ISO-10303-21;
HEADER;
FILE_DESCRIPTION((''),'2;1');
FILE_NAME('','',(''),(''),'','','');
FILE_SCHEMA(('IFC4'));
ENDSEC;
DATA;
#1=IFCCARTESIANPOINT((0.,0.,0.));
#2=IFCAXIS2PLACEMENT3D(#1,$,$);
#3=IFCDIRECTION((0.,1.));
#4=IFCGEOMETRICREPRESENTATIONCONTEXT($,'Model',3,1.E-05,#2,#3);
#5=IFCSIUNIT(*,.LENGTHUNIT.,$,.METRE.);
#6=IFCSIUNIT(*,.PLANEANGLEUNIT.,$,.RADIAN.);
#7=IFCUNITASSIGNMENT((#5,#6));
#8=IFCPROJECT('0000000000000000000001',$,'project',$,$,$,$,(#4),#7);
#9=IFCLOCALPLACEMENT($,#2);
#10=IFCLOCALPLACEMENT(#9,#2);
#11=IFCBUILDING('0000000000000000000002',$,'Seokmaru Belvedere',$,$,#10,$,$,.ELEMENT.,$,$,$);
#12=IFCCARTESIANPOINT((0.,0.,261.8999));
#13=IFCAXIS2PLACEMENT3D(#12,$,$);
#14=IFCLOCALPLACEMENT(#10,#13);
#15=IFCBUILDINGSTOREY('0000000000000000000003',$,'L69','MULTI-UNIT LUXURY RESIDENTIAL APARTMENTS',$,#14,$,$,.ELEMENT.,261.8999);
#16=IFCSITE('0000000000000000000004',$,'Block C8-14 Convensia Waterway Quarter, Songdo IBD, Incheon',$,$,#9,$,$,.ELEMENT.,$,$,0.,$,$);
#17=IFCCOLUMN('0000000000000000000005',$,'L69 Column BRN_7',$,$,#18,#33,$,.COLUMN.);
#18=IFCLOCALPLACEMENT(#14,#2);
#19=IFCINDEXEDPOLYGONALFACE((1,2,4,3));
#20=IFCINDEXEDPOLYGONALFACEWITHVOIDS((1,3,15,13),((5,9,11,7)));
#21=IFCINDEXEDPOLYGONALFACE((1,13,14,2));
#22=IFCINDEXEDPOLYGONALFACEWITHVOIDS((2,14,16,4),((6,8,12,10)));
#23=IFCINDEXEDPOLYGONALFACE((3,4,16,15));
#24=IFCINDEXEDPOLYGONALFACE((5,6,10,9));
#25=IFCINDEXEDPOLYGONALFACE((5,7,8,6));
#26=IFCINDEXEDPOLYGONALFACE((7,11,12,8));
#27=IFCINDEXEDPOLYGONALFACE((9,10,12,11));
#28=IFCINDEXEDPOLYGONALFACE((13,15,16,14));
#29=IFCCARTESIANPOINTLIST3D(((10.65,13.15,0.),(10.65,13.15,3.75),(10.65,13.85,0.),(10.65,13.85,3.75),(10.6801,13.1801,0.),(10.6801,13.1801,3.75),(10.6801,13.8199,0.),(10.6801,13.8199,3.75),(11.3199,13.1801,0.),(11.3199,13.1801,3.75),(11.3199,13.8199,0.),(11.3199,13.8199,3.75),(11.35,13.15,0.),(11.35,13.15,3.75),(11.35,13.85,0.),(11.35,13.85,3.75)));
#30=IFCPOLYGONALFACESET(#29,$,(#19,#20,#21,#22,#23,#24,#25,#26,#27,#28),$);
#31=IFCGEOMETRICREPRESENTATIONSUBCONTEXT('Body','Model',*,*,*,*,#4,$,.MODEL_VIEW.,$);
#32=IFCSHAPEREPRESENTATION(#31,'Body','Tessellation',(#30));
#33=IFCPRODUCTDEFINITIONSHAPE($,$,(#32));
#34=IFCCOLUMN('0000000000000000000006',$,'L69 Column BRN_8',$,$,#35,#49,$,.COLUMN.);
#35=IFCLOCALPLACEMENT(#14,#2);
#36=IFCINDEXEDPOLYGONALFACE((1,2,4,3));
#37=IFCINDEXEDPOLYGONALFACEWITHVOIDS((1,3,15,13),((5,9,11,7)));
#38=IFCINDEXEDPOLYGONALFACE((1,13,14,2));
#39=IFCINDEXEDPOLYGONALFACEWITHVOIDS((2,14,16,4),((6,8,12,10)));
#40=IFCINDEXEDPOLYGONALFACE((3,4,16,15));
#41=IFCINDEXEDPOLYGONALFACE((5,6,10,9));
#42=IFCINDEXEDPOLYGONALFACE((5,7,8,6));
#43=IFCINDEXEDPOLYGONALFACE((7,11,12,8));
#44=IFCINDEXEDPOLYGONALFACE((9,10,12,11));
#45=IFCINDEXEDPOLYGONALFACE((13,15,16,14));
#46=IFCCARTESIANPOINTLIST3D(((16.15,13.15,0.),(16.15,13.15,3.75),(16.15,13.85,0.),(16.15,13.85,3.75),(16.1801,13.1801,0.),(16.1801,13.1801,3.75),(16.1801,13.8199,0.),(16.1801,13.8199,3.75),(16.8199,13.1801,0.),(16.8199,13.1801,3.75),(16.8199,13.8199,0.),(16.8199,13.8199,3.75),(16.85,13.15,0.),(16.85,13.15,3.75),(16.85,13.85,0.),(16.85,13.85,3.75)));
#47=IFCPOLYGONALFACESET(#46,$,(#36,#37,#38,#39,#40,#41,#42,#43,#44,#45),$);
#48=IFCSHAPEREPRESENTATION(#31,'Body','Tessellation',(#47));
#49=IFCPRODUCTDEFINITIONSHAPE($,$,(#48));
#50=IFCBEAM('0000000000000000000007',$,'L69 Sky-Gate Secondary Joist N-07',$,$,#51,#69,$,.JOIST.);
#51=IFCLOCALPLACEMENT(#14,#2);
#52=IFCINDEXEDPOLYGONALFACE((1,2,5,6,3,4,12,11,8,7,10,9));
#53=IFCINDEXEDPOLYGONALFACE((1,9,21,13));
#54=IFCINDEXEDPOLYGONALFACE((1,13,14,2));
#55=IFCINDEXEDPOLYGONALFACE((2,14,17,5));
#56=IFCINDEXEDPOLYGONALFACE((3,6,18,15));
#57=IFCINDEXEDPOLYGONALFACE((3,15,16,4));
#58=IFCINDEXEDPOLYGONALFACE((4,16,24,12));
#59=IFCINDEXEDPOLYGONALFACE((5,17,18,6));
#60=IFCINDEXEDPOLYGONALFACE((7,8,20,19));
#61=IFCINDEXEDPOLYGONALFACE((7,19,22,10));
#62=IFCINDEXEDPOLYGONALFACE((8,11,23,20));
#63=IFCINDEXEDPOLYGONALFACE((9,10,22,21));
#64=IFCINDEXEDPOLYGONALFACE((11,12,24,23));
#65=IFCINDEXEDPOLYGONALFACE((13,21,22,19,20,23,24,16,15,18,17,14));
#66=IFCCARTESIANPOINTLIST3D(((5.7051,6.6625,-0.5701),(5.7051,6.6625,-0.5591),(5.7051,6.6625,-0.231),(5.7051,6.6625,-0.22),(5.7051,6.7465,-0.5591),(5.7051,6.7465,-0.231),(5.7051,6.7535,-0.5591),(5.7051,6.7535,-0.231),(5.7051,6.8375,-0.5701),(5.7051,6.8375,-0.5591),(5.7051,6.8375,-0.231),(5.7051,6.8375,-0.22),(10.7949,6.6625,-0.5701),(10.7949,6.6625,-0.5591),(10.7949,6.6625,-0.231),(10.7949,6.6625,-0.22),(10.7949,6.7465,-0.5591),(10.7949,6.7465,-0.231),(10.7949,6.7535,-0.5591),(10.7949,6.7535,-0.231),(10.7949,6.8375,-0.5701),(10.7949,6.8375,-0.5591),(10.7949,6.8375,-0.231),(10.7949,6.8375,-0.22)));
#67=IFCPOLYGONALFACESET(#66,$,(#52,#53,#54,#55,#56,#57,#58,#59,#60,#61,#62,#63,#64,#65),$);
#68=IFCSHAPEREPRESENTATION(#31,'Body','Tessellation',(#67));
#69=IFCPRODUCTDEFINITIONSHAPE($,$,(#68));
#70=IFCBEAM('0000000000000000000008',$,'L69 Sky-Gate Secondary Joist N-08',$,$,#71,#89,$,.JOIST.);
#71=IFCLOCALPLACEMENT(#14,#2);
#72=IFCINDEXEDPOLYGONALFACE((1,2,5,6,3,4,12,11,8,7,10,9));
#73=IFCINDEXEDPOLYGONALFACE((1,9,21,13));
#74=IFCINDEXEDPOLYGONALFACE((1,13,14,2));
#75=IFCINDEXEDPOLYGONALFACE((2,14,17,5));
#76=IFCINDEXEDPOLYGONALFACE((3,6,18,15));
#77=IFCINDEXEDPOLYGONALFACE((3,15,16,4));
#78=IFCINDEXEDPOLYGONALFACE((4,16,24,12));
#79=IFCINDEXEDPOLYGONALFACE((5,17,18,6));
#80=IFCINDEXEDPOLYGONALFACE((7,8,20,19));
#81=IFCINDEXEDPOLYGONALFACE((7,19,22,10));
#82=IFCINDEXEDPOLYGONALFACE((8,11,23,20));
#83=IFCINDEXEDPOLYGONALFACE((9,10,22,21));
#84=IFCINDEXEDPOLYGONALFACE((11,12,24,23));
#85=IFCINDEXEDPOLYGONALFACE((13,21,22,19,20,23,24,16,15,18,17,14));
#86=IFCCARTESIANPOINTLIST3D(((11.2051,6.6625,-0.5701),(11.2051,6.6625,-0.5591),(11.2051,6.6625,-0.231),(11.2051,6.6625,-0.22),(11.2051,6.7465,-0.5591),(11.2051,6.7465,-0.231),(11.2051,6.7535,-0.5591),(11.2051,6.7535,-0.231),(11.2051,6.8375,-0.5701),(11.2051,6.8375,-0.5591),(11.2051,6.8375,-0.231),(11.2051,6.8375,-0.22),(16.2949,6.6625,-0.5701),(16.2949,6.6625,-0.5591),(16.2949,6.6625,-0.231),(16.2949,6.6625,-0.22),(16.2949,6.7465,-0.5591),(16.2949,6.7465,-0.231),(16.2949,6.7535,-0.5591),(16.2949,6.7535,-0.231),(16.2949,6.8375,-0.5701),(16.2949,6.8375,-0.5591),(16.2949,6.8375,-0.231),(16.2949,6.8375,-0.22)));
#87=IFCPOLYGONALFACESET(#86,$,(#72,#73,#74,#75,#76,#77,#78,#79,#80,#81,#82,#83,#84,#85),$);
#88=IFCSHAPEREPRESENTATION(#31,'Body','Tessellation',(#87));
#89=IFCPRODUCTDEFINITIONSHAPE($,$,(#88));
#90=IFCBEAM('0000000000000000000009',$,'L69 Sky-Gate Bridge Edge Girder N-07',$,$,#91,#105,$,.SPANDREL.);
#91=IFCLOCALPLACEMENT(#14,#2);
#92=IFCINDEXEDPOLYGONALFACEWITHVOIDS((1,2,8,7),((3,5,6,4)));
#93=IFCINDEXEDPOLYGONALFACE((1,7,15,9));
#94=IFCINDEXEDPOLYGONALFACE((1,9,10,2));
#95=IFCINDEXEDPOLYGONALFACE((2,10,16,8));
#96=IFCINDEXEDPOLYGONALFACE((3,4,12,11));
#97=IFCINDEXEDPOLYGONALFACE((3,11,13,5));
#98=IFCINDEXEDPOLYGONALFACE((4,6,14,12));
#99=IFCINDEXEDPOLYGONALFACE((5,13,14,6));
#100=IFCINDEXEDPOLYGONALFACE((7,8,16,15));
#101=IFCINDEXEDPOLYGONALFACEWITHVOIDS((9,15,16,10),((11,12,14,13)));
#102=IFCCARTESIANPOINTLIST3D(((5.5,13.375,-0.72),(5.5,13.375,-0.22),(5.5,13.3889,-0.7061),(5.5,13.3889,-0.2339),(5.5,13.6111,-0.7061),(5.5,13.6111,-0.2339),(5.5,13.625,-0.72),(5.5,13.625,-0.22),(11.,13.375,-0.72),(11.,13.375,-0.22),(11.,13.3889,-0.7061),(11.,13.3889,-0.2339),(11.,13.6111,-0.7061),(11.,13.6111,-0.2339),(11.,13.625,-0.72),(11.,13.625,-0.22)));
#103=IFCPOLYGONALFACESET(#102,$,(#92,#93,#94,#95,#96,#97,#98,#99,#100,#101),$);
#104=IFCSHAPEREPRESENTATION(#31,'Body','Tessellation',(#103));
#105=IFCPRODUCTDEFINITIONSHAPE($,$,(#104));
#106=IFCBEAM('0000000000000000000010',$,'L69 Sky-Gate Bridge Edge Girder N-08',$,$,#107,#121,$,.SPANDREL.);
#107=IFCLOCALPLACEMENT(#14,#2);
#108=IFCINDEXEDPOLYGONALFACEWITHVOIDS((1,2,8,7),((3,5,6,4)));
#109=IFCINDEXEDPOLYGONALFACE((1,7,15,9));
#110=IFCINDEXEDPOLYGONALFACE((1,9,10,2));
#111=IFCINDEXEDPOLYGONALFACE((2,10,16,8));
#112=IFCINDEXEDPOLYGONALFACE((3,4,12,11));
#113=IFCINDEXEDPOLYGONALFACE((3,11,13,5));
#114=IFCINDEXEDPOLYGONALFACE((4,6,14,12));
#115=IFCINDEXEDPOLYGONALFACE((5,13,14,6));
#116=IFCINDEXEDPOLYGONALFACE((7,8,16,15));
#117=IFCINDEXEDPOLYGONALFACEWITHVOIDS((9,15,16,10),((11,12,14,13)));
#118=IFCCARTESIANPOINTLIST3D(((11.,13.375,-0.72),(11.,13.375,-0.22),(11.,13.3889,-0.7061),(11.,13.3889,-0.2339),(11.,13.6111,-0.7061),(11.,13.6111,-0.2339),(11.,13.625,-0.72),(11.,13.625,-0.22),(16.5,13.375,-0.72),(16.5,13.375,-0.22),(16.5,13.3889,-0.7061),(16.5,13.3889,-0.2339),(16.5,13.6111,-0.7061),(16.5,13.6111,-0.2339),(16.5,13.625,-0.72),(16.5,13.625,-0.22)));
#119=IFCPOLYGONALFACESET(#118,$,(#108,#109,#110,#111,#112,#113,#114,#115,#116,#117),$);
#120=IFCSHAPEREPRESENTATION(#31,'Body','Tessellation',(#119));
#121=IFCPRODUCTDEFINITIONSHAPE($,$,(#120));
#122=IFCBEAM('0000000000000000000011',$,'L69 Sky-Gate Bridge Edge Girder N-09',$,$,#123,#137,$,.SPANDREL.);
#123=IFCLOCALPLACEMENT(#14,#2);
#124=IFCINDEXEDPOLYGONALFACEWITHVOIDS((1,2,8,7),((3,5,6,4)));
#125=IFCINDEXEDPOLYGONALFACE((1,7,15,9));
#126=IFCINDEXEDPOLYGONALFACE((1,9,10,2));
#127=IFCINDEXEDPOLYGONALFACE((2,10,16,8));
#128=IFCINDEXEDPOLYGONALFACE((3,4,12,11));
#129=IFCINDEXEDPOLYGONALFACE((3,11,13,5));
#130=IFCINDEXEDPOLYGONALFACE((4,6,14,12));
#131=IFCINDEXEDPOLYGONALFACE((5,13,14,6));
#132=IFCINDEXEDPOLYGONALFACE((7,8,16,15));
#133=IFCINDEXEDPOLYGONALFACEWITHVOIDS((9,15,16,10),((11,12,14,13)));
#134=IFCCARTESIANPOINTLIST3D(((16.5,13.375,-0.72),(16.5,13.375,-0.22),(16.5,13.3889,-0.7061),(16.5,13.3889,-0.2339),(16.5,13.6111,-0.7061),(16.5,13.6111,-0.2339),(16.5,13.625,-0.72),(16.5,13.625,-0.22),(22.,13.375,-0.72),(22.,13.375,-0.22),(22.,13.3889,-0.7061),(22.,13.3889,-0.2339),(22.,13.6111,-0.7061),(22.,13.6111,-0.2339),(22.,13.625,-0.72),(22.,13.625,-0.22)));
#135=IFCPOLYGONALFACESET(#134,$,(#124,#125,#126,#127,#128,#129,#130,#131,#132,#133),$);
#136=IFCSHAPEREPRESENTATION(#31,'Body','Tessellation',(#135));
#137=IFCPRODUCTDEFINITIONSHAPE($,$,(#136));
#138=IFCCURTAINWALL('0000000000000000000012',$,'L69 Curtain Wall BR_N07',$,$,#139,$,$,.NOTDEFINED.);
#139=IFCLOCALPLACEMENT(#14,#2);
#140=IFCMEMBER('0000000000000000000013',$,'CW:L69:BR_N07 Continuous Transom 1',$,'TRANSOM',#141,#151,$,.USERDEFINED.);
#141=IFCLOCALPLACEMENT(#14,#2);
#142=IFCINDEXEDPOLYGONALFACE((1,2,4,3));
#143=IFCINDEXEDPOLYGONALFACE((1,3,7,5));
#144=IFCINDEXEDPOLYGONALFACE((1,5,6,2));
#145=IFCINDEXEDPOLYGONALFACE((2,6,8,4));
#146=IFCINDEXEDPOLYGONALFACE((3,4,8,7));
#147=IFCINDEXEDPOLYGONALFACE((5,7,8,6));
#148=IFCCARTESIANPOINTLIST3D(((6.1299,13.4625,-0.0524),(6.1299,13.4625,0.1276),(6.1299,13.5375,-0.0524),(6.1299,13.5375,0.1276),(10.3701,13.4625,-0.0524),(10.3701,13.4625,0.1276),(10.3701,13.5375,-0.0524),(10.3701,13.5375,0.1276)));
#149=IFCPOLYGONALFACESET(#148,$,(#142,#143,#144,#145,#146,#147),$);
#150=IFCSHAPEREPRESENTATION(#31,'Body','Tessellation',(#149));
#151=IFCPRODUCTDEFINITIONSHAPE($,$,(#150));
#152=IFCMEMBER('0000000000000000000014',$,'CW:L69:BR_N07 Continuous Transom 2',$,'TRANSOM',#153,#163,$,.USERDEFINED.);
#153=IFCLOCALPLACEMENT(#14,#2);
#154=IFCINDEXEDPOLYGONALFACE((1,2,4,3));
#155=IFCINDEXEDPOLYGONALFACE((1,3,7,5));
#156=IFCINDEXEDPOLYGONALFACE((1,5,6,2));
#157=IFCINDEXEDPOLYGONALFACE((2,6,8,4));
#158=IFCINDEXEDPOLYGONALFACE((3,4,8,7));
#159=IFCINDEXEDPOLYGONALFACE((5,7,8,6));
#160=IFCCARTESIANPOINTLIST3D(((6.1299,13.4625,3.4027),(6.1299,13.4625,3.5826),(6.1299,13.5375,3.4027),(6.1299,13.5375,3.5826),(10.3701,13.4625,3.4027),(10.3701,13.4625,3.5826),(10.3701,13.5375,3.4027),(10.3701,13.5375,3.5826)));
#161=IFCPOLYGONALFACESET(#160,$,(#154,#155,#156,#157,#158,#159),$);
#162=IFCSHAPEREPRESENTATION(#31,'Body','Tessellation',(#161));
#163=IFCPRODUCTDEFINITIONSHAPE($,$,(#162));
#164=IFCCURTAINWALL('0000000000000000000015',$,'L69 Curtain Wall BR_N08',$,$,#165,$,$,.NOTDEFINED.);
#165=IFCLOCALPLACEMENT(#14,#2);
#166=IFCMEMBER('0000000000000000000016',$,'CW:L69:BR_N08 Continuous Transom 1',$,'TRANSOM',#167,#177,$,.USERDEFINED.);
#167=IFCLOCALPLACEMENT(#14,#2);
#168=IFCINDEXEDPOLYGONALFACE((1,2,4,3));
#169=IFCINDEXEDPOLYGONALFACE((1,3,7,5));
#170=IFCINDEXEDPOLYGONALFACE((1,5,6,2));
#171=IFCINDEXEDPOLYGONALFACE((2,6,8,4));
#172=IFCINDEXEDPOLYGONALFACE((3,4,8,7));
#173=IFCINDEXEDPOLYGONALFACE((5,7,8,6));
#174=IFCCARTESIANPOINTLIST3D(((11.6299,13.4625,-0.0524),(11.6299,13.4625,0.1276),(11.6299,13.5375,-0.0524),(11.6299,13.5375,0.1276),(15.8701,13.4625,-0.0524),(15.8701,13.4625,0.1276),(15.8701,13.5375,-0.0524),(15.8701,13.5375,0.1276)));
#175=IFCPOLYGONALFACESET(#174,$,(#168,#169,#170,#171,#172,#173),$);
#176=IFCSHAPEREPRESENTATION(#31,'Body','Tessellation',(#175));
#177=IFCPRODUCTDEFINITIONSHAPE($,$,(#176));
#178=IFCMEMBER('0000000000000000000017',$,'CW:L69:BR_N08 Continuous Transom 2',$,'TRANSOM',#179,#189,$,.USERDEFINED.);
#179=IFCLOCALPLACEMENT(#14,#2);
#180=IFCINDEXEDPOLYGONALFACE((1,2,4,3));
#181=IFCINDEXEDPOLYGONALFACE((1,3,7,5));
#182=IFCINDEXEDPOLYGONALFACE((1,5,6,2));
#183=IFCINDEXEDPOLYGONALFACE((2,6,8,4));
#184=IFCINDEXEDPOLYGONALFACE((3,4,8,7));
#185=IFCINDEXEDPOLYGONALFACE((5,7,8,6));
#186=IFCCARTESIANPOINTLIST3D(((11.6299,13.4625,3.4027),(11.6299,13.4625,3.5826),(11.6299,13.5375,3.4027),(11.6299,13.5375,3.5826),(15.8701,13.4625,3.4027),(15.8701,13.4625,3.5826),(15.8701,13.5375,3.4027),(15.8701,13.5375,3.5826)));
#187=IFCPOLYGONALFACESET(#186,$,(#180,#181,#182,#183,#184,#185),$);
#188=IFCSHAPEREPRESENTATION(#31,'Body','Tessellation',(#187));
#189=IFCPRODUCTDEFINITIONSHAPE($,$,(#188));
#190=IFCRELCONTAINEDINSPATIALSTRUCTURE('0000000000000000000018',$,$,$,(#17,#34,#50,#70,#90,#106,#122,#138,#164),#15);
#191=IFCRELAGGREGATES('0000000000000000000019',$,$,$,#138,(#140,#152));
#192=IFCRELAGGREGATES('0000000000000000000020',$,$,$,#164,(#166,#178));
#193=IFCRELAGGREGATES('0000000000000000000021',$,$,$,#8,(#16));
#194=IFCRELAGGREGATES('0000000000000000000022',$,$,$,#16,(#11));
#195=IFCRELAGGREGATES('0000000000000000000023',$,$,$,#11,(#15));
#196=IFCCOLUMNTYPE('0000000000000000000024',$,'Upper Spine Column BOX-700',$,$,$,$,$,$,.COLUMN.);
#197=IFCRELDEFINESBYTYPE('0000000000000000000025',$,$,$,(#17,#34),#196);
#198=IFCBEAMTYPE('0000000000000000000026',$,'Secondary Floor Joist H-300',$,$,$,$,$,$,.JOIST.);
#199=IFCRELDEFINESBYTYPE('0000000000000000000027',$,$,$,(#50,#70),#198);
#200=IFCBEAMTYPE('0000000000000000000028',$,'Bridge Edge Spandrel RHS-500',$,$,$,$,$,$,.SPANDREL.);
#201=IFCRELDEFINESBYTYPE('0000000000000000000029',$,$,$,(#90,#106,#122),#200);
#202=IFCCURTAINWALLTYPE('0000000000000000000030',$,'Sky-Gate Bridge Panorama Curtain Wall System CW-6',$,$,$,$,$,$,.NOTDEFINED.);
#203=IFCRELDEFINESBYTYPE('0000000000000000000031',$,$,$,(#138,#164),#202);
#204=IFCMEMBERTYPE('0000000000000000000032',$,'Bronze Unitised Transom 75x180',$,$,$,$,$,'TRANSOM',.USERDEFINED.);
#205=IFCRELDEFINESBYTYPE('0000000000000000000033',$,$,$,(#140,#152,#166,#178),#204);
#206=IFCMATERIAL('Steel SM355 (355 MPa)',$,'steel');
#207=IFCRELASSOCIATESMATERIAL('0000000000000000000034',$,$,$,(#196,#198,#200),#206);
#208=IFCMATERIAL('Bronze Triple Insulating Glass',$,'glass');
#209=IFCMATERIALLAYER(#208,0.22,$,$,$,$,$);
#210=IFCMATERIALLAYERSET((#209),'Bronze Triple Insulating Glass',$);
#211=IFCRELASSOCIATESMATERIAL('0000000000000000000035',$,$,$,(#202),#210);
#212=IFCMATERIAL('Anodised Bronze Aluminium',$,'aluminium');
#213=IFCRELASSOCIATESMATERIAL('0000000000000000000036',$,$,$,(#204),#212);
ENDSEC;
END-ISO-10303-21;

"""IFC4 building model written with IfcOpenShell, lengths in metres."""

from ifc_helpers import new_model, si_unit, direction, frame, origin, origin_2d, place, context, subcontext, project, spatial, rectangle, hollow_rectangle, i_section, extrude, source, transform, mapped, material, layer, layer_set, material_profile, profile_set, type_object, type_shapes, element, aggregate, save


model = new_model("IFC4")

# Units and contexts
model_context = context("Model", 3, precision=1e-05, world=origin(), true_north=direction((0.0, 1.0)))
body_context = subcontext(model_context, "Body", "Model", "MODEL_VIEW")
ifc_project = project(units=[si_unit("LENGTHUNIT", "METRE"), si_unit("PLANEANGLEUNIT", "RADIAN")], contexts=[model_context])

# Site, building, storey
site_placement = place(None, origin())
site = spatial("IfcSite", under=ifc_project, at=site_placement, Name="Block C8-14 Convensia Waterway Quarter, Songdo IBD, Incheon", CompositionType="ELEMENT", RefElevation=0.0)
building_placement = place(site_placement, origin())
building = spatial("IfcBuilding", under=site, at=building_placement, Name="Seokmaru Belvedere", CompositionType="ELEMENT")
storey_placement = place(building_placement, frame((0.0, 0.0, 261.8999)))
storey = spatial("IfcBuildingStorey", under=building, at=storey_placement, Name="L69", Description="MULTI-UNIT LUXURY RESIDENTIAL APARTMENTS", CompositionType="ELEMENT", Elevation=261.8999)

# Columns
ifc_material_1 = material(Name="Steel SM355 (355 MPa)", Category="steel")
ifc_material_profile_1 = material_profile(ifc_material_1, hollow_rectangle(XDim=0.7, YDim=0.7, WallThickness=0.03, at=origin_2d()), Name="BOX-700x700x30")
ifc_profile_set_1 = profile_set([ifc_material_profile_1], Name="Steel SM355 (355 MPa)")
column_type = type_object("IfcColumnType", Name="Upper Spine Column BOX-700", PredefinedType="COLUMN", material=ifc_profile_set_1)
shared_shape_1 = source(origin(), body_context, "Body", "SweptSolid", [
    extrude(hollow_rectangle(XDim=0.7, YDim=0.7, WallThickness=0.03, at=origin_2d()), origin(), (0.0, 0.0, 1.0), 3.75),
])
type_shapes(column_type, [shared_shape_1])
for number, where, z_axis, x_axis, name in (
    (1, (11.0, 13.5, 0.0), (0.0, 0.0, 1.0), (1.0, 0.0, 0.0), "L69 Column BRN_7"),
    (2, (16.5, 13.5, 0.0), (0.0, 0.0, 1.0), (1.0, 0.0, 0.0), "L69 Column BRN_8"),
):
    element("IfcColumn", number, at=place(storey_placement, frame(where, z_axis=z_axis, x_axis=x_axis)), inside=storey, type_object=column_type, Name=name, PredefinedType="COLUMN", context=body_context, shape_type="MappedRepresentation", body=[
        mapped(shared_shape_1, transform((0.0, 0.0, 0.0), scale=1.0)),
    ])

# Beams
ifc_material_profile_2 = material_profile(ifc_material_1, i_section(OverallWidth=0.175, OverallDepth=0.3501, WebThickness=0.0071, FlangeThickness=0.011, at=origin_2d()), Name="H-350x175x7x11")
ifc_profile_set_2 = profile_set([ifc_material_profile_2], Name="Steel SM355 (355 MPa)")
beam_type_1 = type_object("IfcBeamType", Name="Secondary Floor Joist H-300", PredefinedType="JOIST", material=ifc_profile_set_2)
shared_shape_2 = source(origin(), body_context, "Body", "SweptSolid", [
    extrude(i_section(OverallWidth=0.175, OverallDepth=0.3501, WebThickness=0.0071, FlangeThickness=0.011, at=origin_2d()), origin(), (0.0, 0.0, 1.0), 5.0898),
])
type_shapes(beam_type_1, [shared_shape_2])
for number, where, z_axis, x_axis, name in (
    (3, (5.7051, 6.75, -0.395), (1.0, 0.0, 0.0), (0.0, 1.0, 0.0), "L69 Sky-Gate Secondary Joist N-07"),
    (4, (11.2051, 6.75, -0.395), (1.0, 0.0, 0.0), (0.0, 1.0, 0.0), "L69 Sky-Gate Secondary Joist N-08"),
):
    element("IfcBeam", number, at=place(storey_placement, frame(where, z_axis=z_axis, x_axis=x_axis)), inside=storey, type_object=beam_type_1, Name=name, PredefinedType="JOIST", context=body_context, shape_type="MappedRepresentation", body=[
        mapped(shared_shape_2, transform((0.0, 0.0, 0.0), scale=1.0)),
    ])
ifc_material_profile_3 = material_profile(ifc_material_1, hollow_rectangle(XDim=0.25, YDim=0.5, WallThickness=0.0139, at=origin_2d()), Name="RHS-500x250x14")
ifc_profile_set_3 = profile_set([ifc_material_profile_3], Name="Steel SM355 (355 MPa)")
beam_type_2 = type_object("IfcBeamType", Name="Bridge Edge Spandrel RHS-500", PredefinedType="SPANDREL", material=ifc_profile_set_3)
shared_shape_3 = source(origin(), body_context, "Body", "SweptSolid", [
    extrude(hollow_rectangle(XDim=0.25, YDim=0.5, WallThickness=0.0139, at=origin_2d()), origin(), (0.0, 0.0, 1.0), 5.5),
])
type_shapes(beam_type_2, [shared_shape_3])
for number, where, z_axis, x_axis, name in (
    (5, (5.5, 13.5, -0.47), (1.0, 0.0, 0.0), (0.0, 1.0, 0.0), "L69 Sky-Gate Bridge Edge Girder N-07"),
    (6, (11.0, 13.5, -0.47), (1.0, 0.0, 0.0), (0.0, 1.0, 0.0), "L69 Sky-Gate Bridge Edge Girder N-08"),
    (7, (16.5, 13.5, -0.47), (1.0, 0.0, 0.0), (0.0, 1.0, 0.0), "L69 Sky-Gate Bridge Edge Girder N-09"),
):
    element("IfcBeam", number, at=place(storey_placement, frame(where, z_axis=z_axis, x_axis=x_axis)), inside=storey, type_object=beam_type_2, Name=name, PredefinedType="SPANDREL", context=body_context, shape_type="MappedRepresentation", body=[
        mapped(shared_shape_3, transform((0.0, 0.0, 0.0), scale=1.0)),
    ])

# Curtain walls, members
ifc_material_2 = material(Name="Bronze Triple Insulating Glass", Category="glass")
ifc_layer_1 = layer(ifc_material_2, 0.22)
ifc_layer_set_1 = layer_set([ifc_layer_1], Name="Bronze Triple Insulating Glass")
curtain_wall_type = type_object("IfcCurtainWallType", Name="Sky-Gate Bridge Panorama Curtain Wall System CW-6", PredefinedType="NOTDEFINED", material=ifc_layer_set_1)
curtain_wall_1_placement = place(storey_placement, origin())
curtain_wall_1 = element("IfcCurtainWall", 8, at=curtain_wall_1_placement, inside=storey, type_object=curtain_wall_type, Name="L69 Curtain Wall BR_N07", PredefinedType="NOTDEFINED")
ifc_material_3 = material(Name="Anodised Bronze Aluminium", Category="aluminium")
ifc_material_profile_4 = material_profile(ifc_material_3, rectangle(XDim=0.075, YDim=0.1799, at=origin_2d()), Name="CW-T-75x180")
ifc_profile_set_4 = profile_set([ifc_material_profile_4], Name="Anodised Bronze Aluminium")
member_type_1 = type_object("IfcMemberType", Name="Bronze Unitised Transom 75x180", ElementType="TRANSOM", PredefinedType="USERDEFINED", material=ifc_profile_set_4)
shared_shape_4 = source(origin(), body_context, "Body", "SweptSolid", [
    extrude(rectangle(XDim=0.075, YDim=0.1799, at=origin_2d()), origin(), (0.0, 0.0, 1.0), 4.2402),
])
type_shapes(member_type_1, [shared_shape_4])
member_1_placement = place(storey_placement, frame((10.3701, 13.5, 0.0376), z_axis=(-1.0, 0.0, 0.0), x_axis=(0.0, -1.0, 0.0)))
member_1 = element("IfcMember", 9, at=member_1_placement, type_object=member_type_1, Name="CW:L69:BR_N07 Continuous Transom 1", ObjectType="TRANSOM", PredefinedType="USERDEFINED", context=body_context, shape_type="MappedRepresentation", body=[
    mapped(shared_shape_4, transform((0.0, 0.0, 0.0), scale=1.0)),
])
member_2_placement = place(storey_placement, frame((10.3701, 13.5, 3.4927), z_axis=(-1.0, 0.0, 0.0), x_axis=(0.0, -1.0, 0.0)))
member_2 = element("IfcMember", 10, at=member_2_placement, type_object=member_type_1, Name="CW:L69:BR_N07 Continuous Transom 2", ObjectType="TRANSOM", PredefinedType="USERDEFINED", context=body_context, shape_type="MappedRepresentation", body=[
    mapped(shared_shape_4, transform((0.0, 0.0, 0.0), scale=1.0)),
])
curtain_wall_2_placement = place(storey_placement, origin())
curtain_wall_2 = element("IfcCurtainWall", 11, at=curtain_wall_2_placement, inside=storey, type_object=curtain_wall_type, Name="L69 Curtain Wall BR_N08", PredefinedType="NOTDEFINED")
member_3_placement = place(storey_placement, frame((15.8701, 13.5, 0.0376), z_axis=(-1.0, 0.0, 0.0), x_axis=(0.0, -1.0, 0.0)))
member_3 = element("IfcMember", 12, at=member_3_placement, type_object=member_type_1, Name="CW:L69:BR_N08 Continuous Transom 1", ObjectType="TRANSOM", PredefinedType="USERDEFINED", context=body_context, shape_type="MappedRepresentation", body=[
    mapped(shared_shape_4, transform((0.0, 0.0, 0.0), scale=1.0)),
])
member_4_placement = place(storey_placement, frame((15.8701, 13.5, 3.4927), z_axis=(-1.0, 0.0, 0.0), x_axis=(0.0, -1.0, 0.0)))
member_4 = element("IfcMember", 13, at=member_4_placement, type_object=member_type_1, Name="CW:L69:BR_N08 Continuous Transom 2", ObjectType="TRANSOM", PredefinedType="USERDEFINED", context=body_context, shape_type="MappedRepresentation", body=[
    mapped(shared_shape_4, transform((0.0, 0.0, 0.0), scale=1.0)),
])

aggregate(curtain_wall_1, [member_1, member_2])
aggregate(curtain_wall_2, [member_3, member_4])

save(model, "model.ifc")
